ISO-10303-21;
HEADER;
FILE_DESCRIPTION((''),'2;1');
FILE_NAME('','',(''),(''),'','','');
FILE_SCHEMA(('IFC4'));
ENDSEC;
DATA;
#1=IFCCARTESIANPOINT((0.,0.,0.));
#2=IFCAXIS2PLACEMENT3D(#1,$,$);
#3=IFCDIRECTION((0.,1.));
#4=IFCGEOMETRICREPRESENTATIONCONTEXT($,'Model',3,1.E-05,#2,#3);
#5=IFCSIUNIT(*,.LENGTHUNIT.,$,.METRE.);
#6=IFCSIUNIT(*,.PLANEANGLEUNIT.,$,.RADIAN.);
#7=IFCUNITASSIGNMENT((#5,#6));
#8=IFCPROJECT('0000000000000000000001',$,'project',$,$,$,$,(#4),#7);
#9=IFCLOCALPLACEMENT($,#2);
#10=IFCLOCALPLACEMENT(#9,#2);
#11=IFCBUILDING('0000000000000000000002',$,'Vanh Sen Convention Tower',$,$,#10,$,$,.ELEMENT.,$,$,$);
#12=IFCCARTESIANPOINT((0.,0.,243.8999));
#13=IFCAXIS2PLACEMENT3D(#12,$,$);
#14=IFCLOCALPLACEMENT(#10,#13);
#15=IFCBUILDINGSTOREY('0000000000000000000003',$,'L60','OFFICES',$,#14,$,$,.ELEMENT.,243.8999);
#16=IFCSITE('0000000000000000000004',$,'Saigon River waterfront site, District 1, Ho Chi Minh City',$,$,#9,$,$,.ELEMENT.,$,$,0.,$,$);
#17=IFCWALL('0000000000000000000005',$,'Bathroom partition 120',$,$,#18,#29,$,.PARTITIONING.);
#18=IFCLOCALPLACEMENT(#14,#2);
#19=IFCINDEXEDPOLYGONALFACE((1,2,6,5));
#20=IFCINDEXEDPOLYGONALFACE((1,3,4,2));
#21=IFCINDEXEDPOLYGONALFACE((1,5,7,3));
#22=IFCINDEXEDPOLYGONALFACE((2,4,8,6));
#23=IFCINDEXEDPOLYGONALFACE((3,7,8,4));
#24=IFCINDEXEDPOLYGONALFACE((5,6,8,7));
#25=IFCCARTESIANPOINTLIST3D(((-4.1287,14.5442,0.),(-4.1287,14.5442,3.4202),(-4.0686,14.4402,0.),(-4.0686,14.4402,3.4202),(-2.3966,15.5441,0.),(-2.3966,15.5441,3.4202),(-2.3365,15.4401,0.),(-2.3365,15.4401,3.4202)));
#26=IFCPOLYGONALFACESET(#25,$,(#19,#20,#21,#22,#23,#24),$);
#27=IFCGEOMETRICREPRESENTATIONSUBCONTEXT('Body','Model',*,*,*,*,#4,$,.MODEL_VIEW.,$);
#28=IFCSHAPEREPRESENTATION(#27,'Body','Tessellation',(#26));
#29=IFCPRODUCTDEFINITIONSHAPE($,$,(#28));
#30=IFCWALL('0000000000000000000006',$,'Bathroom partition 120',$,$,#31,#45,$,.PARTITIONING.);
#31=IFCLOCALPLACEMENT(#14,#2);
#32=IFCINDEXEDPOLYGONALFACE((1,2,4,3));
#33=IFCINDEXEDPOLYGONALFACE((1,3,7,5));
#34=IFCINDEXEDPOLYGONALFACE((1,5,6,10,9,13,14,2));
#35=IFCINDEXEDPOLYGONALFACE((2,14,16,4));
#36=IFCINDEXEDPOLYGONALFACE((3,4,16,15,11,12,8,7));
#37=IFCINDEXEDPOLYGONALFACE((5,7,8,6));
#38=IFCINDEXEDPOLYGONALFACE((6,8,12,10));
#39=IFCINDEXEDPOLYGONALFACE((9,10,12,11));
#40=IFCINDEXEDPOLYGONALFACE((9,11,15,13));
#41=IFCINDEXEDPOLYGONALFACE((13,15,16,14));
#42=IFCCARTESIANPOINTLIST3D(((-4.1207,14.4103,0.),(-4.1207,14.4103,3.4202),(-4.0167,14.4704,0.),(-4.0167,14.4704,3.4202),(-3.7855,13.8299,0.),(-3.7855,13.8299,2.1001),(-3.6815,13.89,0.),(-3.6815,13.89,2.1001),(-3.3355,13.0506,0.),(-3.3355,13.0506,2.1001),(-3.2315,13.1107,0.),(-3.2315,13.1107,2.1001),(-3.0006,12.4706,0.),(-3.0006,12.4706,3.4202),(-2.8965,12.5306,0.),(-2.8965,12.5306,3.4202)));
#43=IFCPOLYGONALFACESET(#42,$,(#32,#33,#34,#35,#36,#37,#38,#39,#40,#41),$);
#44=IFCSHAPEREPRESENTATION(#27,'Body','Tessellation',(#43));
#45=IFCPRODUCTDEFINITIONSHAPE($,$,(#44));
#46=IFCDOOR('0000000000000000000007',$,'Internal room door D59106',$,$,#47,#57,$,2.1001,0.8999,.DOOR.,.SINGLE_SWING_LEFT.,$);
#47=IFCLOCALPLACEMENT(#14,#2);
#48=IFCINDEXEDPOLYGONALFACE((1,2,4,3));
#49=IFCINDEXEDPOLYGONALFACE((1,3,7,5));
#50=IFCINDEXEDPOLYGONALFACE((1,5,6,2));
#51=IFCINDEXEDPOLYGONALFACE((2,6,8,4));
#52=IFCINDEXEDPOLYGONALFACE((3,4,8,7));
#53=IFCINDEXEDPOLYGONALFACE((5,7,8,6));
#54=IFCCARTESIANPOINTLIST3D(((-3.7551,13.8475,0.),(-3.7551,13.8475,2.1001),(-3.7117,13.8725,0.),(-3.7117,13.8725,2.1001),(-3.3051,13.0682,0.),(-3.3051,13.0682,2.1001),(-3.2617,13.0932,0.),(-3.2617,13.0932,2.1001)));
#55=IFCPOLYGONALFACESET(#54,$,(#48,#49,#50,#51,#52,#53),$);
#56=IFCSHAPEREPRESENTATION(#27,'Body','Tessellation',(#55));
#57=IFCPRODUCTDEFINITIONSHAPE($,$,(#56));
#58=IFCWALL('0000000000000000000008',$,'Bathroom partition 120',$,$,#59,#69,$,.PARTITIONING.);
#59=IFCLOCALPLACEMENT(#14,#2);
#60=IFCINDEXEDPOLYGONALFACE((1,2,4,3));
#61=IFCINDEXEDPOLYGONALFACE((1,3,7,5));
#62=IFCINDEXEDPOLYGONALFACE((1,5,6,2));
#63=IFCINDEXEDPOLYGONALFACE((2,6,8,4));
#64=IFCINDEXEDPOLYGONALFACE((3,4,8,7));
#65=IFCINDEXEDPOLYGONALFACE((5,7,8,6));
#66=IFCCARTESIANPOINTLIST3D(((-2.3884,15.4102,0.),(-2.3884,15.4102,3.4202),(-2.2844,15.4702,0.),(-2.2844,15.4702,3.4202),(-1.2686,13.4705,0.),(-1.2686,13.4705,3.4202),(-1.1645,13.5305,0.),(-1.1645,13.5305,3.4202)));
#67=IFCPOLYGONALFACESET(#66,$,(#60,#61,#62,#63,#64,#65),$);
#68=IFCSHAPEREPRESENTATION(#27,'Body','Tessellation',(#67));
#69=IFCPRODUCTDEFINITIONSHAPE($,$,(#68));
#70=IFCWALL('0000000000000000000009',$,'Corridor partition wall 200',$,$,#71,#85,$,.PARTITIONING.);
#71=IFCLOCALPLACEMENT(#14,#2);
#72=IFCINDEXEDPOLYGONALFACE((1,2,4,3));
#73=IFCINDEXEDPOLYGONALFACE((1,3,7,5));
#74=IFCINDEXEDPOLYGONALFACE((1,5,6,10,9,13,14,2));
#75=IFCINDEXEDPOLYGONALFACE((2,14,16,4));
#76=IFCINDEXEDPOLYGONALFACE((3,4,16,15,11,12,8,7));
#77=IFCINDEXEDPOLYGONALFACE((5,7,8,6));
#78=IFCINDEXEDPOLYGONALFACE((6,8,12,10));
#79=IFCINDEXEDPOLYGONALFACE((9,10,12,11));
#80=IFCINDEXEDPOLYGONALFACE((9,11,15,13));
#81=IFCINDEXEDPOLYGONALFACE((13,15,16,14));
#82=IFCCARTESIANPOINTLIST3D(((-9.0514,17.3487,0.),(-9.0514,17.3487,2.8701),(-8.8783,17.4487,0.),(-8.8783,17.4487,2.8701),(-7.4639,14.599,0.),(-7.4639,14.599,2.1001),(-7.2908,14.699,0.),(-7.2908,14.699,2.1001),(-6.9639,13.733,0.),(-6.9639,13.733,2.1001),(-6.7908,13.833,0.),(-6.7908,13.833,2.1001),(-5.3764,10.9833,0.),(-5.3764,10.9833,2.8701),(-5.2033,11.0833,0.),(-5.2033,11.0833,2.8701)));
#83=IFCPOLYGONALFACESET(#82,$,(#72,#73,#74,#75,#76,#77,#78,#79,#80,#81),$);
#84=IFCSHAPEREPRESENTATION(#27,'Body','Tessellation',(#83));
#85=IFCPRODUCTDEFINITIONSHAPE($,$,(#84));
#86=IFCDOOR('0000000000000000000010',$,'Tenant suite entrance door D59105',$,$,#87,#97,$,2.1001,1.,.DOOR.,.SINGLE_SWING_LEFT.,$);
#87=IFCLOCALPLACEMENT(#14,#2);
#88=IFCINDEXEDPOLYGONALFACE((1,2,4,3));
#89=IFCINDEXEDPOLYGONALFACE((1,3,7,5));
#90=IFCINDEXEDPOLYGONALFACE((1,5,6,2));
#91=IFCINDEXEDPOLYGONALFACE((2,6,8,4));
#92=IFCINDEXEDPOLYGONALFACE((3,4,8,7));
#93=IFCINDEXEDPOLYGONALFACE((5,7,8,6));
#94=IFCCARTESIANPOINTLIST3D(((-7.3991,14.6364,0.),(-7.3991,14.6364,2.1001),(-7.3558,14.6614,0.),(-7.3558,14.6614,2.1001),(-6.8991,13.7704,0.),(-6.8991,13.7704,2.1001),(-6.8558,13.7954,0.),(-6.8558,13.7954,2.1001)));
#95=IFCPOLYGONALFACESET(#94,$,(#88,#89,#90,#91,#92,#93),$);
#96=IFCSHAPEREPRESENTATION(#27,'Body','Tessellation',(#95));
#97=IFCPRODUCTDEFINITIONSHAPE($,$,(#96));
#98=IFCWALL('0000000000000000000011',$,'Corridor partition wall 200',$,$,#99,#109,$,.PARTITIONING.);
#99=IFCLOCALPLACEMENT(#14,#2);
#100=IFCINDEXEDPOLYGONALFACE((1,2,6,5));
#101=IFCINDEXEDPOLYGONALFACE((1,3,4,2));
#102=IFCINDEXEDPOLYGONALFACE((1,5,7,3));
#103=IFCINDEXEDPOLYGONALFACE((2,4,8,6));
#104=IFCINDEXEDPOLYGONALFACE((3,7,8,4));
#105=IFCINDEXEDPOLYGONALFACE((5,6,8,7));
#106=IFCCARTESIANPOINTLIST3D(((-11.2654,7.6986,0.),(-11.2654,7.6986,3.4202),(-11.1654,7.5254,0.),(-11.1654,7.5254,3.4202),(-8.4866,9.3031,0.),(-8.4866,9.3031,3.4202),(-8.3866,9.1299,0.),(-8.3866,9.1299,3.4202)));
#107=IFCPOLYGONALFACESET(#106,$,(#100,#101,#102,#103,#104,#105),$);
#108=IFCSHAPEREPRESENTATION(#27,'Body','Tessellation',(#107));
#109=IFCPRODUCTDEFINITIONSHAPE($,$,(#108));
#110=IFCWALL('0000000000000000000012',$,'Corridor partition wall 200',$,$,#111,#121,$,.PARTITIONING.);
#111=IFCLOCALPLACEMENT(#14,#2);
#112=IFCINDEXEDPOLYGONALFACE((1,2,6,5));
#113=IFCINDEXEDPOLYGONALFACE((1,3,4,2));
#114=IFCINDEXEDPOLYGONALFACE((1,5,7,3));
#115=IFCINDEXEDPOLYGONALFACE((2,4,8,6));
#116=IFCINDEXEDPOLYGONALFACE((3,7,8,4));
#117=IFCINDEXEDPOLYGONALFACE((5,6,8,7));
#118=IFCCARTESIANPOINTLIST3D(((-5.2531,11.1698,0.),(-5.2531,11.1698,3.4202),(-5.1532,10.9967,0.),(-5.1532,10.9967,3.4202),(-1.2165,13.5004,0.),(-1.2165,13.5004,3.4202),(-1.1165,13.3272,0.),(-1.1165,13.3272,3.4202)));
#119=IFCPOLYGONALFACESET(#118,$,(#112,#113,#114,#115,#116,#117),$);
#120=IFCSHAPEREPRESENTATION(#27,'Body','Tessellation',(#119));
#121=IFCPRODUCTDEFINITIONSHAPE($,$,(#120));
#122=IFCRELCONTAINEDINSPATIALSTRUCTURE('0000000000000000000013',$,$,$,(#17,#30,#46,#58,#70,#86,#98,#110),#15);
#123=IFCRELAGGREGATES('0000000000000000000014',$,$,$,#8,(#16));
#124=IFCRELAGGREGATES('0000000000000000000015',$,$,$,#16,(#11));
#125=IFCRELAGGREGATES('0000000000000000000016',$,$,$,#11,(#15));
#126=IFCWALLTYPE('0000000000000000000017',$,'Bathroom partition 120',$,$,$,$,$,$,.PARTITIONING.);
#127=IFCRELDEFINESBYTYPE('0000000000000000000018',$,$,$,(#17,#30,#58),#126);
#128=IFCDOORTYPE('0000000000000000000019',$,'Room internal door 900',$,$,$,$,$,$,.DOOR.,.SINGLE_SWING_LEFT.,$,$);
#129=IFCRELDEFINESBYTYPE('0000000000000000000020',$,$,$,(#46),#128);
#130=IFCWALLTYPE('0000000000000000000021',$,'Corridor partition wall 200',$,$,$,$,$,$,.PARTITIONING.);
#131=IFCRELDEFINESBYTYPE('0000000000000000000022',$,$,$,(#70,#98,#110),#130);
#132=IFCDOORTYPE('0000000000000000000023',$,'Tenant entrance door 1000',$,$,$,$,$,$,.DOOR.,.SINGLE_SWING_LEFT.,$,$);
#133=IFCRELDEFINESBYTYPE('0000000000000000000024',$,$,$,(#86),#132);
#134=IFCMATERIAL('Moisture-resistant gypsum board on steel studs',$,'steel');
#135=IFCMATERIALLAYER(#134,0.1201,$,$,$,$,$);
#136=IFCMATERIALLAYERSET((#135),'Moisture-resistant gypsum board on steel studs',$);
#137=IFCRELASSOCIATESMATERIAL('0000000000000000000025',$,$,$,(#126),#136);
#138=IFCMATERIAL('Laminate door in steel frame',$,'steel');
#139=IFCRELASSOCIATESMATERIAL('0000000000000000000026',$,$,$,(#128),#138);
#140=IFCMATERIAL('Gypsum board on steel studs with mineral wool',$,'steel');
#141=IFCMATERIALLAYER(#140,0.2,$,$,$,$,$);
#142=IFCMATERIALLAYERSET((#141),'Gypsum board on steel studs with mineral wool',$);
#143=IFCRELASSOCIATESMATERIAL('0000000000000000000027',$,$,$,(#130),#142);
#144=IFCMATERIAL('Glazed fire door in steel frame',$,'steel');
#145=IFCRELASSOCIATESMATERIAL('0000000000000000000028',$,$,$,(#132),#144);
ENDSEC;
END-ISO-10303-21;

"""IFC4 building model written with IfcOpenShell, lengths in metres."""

from ifc_helpers import new_model, si_unit, direction, frame, frame_2d, origin, place, context, subcontext, project, spatial, rectangle, extrude, material, layer, layer_set, type_object, element, fill, save


model = new_model("IFC4")

# Units and contexts
model_context = context("Model", 3, precision=1e-05, world=origin(), true_north=direction((0.0, 1.0)))
body_context = subcontext(model_context, "Body", "Model", "MODEL_VIEW")
ifc_project = project(units=[si_unit("LENGTHUNIT", "METRE"), si_unit("PLANEANGLEUNIT", "RADIAN")], contexts=[model_context])

# Site, building, storey
site_placement = place(None, origin())
site = spatial("IfcSite", under=ifc_project, at=site_placement, Name="Saigon River waterfront site, District 1, Ho Chi Minh City", CompositionType="ELEMENT", RefElevation=0.0)
building_placement = place(site_placement, origin())
building = spatial("IfcBuilding", under=site, at=building_placement, Name="Vanh Sen Convention Tower", CompositionType="ELEMENT")
storey_placement = place(building_placement, frame((0.0, 0.0, 243.8999)))
storey = spatial("IfcBuildingStorey", under=building, at=storey_placement, Name="L60", Description="OFFICES", CompositionType="ELEMENT", Elevation=243.8999)

# Wall
ifc_material_1 = material(Name="Moisture-resistant gypsum board on steel studs", Category="steel")
ifc_layer_1 = layer(ifc_material_1, 0.1201)
ifc_layer_set_1 = layer_set([ifc_layer_1], Name="Moisture-resistant gypsum board on steel studs")
wall_type_1 = type_object("IfcWallType", Name="Bathroom partition 120", PredefinedType="PARTITIONING", material=ifc_layer_set_1)
wall_1_placement = place(storey_placement, frame((-4.0986, 14.4922, 0.0), z_axis=(0.0, 0.0, 1.0), x_axis=(0.866041, 0.499973, 0.0)))
element("IfcWall", 1, at=wall_1_placement, inside=storey, type_object=wall_type_1, Name="Bathroom partition 120", PredefinedType="PARTITIONING", context=body_context, shape_type="SweptSolid", body=[
    extrude(rectangle(XDim=2.0, YDim=0.1201, at=frame_2d((1.0, 0.0))), origin(), (0.0, 0.0, 1.0), 3.4202),
])

# Wall, opening, door
wall_2_placement = place(storey_placement, frame((-2.9485, 12.5005, 0.0), z_axis=(0.0, 0.0, 1.0), x_axis=(-0.500078, 0.86598, 0.0)))
wall_2 = element("IfcWall", 2, at=wall_2_placement, inside=storey, type_object=wall_type_1, Name="Bathroom partition 120", PredefinedType="PARTITIONING", context=body_context, shape_type="SweptSolid", body=[
    extrude(rectangle(XDim=2.24, YDim=0.1201, at=frame_2d((1.1201, 0.0))), origin(), (0.0, 0.0, 1.0), 3.4202),
])
opening_1_placement = place(wall_2_placement, frame((0.6699, 0.0, 0.0)))
opening_1 = element("IfcOpeningElement", 3, at=opening_1_placement, cuts=wall_2, PredefinedType="OPENING", context=body_context, shape_type="SweptSolid", body=[
    extrude(rectangle(XDim=0.8999, YDim=2.1001, at=frame_2d((0.45, 1.05))), frame((0.0, 0.0701, 0.0), z_axis=(0.0, -1.0, 0.0), x_axis=(1.0, 0.0, 0.0)), (0.0, 0.0, 1.0), 0.1401),
])
ifc_material_2 = material(Name="Laminate door in steel frame", Category="steel")
door_type_1 = type_object("IfcDoorType", Name="Room internal door 900", OperationType="SINGLE_SWING_LEFT", PredefinedType="DOOR", material=ifc_material_2)
door_1_placement = place(opening_1_placement, origin())
door_1 = element("IfcDoor", 4, at=door_1_placement, inside=storey, type_object=door_type_1, Name="Internal room door D59106", OperationType="SINGLE_SWING_LEFT", OverallHeight=2.1001, OverallWidth=0.8999, PredefinedType="DOOR", context=body_context, shape_type="SweptSolid", body=[
    extrude(rectangle(XDim=0.8999, YDim=2.1001, at=frame_2d((0.45, 1.05))), frame((0.0, 0.0249, 0.0), z_axis=(0.0, -1.0, 0.0), x_axis=(1.0, 0.0, 0.0)), (0.0, 0.0, 1.0), 0.05),
])
fill(opening_1, door_1)

# Wall
wall_3_placement = place(storey_placement, frame((-2.3364, 15.4402, 0.0), z_axis=(0.0, 0.0, 1.0), x_axis=(0.499996, -0.866028, 0.0)))
element("IfcWall", 5, at=wall_3_placement, inside=storey, type_object=wall_type_1, Name="Bathroom partition 120", PredefinedType="PARTITIONING", context=body_context, shape_type="SweptSolid", body=[
    extrude(rectangle(XDim=2.2397, YDim=0.1201, at=frame_2d((1.1199, 0.0))), origin(), (0.0, 0.0, 1.0), 3.4202),
])

# Wall, opening, door
ifc_material_3 = material(Name="Gypsum board on steel studs with mineral wool", Category="steel")
ifc_layer_2 = layer(ifc_material_3, 0.2)
ifc_layer_set_2 = layer_set([ifc_layer_2], Name="Gypsum board on steel studs with mineral wool")
wall_type_2 = type_object("IfcWallType", Name="Corridor partition wall 200", PredefinedType="PARTITIONING", material=ifc_layer_set_2)
wall_4_placement = place(storey_placement, frame((-8.9648, 17.3987, 0.0), z_axis=(0.0, 0.0, 1.0), x_axis=(0.499994, -0.866029, 0.0)))
wall_4 = element("IfcWall", 6, at=wall_4_placement, inside=storey, type_object=wall_type_2, Name="Corridor partition wall 200", PredefinedType="PARTITIONING", context=body_context, shape_type="SweptSolid", body=[
    extrude(rectangle(XDim=7.3501, YDim=0.2, at=frame_2d((3.675, 0.0))), origin(), (0.0, 0.0, 1.0), 2.8701),
])
opening_2_placement = place(wall_4_placement, frame((3.175, 0.0, 0.0)))
opening_2 = element("IfcOpeningElement", 7, at=opening_2_placement, cuts=wall_4, PredefinedType="OPENING", context=body_context, shape_type="SweptSolid", body=[
    extrude(rectangle(XDim=1.0, YDim=2.1001, at=frame_2d((0.5, 1.05))), frame((0.0, 0.1099, 0.0), z_axis=(0.0, -1.0, 0.0), x_axis=(1.0, 0.0, 0.0)), (0.0, 0.0, 1.0), 0.22),
])
ifc_material_4 = material(Name="Glazed fire door in steel frame", Category="steel")
door_type_2 = type_object("IfcDoorType", Name="Tenant entrance door 1000", OperationType="SINGLE_SWING_LEFT", PredefinedType="DOOR", material=ifc_material_4)
door_2_placement = place(opening_2_placement, origin())
door_2 = element("IfcDoor", 8, at=door_2_placement, inside=storey, type_object=door_type_2, Name="Tenant suite entrance door D59105", OperationType="SINGLE_SWING_LEFT", OverallHeight=2.1001, OverallWidth=1.0, PredefinedType="DOOR", context=body_context, shape_type="SweptSolid", body=[
    extrude(rectangle(XDim=1.0, YDim=2.1001, at=frame_2d((0.5, 1.05))), frame((0.0, 0.0249, 0.0), z_axis=(0.0, -1.0, 0.0), x_axis=(1.0, 0.0, 0.0)), (0.0, 0.0, 1.0), 0.05),
])
fill(opening_2, door_2)

# Walls
wall_5_placement = place(storey_placement, frame((-8.4365, 9.2166, 0.0), z_axis=(0.0, 0.0, 1.0), x_axis=(-0.866006, -0.500034, 0.0)))
element("IfcWall", 9, at=wall_5_placement, inside=storey, type_object=wall_type_2, Name="Corridor partition wall 200", PredefinedType="PARTITIONING", context=body_context, shape_type="SweptSolid", body=[
    extrude(rectangle(XDim=3.2087, YDim=0.2, at=frame_2d((1.6045, 0.0))), origin(), (0.0, 0.0, 1.0), 3.4202),
])
wall_6_placement = place(storey_placement, frame((-1.1665, 13.4138, 0.0), z_axis=(0.0, 0.0, 1.0), x_axis=(-0.866023, -0.500004, 0.0)))
element("IfcWall", 10, at=wall_6_placement, inside=storey, type_object=wall_type_2, Name="Corridor partition wall 200", PredefinedType="PARTITIONING", context=body_context, shape_type="SweptSolid", body=[
    extrude(rectangle(XDim=4.6611, YDim=0.2, at=frame_2d((2.3306, 0.0))), origin(), (0.0, 0.0, 1.0), 3.4202),
])

save(model, "model.ifc")
